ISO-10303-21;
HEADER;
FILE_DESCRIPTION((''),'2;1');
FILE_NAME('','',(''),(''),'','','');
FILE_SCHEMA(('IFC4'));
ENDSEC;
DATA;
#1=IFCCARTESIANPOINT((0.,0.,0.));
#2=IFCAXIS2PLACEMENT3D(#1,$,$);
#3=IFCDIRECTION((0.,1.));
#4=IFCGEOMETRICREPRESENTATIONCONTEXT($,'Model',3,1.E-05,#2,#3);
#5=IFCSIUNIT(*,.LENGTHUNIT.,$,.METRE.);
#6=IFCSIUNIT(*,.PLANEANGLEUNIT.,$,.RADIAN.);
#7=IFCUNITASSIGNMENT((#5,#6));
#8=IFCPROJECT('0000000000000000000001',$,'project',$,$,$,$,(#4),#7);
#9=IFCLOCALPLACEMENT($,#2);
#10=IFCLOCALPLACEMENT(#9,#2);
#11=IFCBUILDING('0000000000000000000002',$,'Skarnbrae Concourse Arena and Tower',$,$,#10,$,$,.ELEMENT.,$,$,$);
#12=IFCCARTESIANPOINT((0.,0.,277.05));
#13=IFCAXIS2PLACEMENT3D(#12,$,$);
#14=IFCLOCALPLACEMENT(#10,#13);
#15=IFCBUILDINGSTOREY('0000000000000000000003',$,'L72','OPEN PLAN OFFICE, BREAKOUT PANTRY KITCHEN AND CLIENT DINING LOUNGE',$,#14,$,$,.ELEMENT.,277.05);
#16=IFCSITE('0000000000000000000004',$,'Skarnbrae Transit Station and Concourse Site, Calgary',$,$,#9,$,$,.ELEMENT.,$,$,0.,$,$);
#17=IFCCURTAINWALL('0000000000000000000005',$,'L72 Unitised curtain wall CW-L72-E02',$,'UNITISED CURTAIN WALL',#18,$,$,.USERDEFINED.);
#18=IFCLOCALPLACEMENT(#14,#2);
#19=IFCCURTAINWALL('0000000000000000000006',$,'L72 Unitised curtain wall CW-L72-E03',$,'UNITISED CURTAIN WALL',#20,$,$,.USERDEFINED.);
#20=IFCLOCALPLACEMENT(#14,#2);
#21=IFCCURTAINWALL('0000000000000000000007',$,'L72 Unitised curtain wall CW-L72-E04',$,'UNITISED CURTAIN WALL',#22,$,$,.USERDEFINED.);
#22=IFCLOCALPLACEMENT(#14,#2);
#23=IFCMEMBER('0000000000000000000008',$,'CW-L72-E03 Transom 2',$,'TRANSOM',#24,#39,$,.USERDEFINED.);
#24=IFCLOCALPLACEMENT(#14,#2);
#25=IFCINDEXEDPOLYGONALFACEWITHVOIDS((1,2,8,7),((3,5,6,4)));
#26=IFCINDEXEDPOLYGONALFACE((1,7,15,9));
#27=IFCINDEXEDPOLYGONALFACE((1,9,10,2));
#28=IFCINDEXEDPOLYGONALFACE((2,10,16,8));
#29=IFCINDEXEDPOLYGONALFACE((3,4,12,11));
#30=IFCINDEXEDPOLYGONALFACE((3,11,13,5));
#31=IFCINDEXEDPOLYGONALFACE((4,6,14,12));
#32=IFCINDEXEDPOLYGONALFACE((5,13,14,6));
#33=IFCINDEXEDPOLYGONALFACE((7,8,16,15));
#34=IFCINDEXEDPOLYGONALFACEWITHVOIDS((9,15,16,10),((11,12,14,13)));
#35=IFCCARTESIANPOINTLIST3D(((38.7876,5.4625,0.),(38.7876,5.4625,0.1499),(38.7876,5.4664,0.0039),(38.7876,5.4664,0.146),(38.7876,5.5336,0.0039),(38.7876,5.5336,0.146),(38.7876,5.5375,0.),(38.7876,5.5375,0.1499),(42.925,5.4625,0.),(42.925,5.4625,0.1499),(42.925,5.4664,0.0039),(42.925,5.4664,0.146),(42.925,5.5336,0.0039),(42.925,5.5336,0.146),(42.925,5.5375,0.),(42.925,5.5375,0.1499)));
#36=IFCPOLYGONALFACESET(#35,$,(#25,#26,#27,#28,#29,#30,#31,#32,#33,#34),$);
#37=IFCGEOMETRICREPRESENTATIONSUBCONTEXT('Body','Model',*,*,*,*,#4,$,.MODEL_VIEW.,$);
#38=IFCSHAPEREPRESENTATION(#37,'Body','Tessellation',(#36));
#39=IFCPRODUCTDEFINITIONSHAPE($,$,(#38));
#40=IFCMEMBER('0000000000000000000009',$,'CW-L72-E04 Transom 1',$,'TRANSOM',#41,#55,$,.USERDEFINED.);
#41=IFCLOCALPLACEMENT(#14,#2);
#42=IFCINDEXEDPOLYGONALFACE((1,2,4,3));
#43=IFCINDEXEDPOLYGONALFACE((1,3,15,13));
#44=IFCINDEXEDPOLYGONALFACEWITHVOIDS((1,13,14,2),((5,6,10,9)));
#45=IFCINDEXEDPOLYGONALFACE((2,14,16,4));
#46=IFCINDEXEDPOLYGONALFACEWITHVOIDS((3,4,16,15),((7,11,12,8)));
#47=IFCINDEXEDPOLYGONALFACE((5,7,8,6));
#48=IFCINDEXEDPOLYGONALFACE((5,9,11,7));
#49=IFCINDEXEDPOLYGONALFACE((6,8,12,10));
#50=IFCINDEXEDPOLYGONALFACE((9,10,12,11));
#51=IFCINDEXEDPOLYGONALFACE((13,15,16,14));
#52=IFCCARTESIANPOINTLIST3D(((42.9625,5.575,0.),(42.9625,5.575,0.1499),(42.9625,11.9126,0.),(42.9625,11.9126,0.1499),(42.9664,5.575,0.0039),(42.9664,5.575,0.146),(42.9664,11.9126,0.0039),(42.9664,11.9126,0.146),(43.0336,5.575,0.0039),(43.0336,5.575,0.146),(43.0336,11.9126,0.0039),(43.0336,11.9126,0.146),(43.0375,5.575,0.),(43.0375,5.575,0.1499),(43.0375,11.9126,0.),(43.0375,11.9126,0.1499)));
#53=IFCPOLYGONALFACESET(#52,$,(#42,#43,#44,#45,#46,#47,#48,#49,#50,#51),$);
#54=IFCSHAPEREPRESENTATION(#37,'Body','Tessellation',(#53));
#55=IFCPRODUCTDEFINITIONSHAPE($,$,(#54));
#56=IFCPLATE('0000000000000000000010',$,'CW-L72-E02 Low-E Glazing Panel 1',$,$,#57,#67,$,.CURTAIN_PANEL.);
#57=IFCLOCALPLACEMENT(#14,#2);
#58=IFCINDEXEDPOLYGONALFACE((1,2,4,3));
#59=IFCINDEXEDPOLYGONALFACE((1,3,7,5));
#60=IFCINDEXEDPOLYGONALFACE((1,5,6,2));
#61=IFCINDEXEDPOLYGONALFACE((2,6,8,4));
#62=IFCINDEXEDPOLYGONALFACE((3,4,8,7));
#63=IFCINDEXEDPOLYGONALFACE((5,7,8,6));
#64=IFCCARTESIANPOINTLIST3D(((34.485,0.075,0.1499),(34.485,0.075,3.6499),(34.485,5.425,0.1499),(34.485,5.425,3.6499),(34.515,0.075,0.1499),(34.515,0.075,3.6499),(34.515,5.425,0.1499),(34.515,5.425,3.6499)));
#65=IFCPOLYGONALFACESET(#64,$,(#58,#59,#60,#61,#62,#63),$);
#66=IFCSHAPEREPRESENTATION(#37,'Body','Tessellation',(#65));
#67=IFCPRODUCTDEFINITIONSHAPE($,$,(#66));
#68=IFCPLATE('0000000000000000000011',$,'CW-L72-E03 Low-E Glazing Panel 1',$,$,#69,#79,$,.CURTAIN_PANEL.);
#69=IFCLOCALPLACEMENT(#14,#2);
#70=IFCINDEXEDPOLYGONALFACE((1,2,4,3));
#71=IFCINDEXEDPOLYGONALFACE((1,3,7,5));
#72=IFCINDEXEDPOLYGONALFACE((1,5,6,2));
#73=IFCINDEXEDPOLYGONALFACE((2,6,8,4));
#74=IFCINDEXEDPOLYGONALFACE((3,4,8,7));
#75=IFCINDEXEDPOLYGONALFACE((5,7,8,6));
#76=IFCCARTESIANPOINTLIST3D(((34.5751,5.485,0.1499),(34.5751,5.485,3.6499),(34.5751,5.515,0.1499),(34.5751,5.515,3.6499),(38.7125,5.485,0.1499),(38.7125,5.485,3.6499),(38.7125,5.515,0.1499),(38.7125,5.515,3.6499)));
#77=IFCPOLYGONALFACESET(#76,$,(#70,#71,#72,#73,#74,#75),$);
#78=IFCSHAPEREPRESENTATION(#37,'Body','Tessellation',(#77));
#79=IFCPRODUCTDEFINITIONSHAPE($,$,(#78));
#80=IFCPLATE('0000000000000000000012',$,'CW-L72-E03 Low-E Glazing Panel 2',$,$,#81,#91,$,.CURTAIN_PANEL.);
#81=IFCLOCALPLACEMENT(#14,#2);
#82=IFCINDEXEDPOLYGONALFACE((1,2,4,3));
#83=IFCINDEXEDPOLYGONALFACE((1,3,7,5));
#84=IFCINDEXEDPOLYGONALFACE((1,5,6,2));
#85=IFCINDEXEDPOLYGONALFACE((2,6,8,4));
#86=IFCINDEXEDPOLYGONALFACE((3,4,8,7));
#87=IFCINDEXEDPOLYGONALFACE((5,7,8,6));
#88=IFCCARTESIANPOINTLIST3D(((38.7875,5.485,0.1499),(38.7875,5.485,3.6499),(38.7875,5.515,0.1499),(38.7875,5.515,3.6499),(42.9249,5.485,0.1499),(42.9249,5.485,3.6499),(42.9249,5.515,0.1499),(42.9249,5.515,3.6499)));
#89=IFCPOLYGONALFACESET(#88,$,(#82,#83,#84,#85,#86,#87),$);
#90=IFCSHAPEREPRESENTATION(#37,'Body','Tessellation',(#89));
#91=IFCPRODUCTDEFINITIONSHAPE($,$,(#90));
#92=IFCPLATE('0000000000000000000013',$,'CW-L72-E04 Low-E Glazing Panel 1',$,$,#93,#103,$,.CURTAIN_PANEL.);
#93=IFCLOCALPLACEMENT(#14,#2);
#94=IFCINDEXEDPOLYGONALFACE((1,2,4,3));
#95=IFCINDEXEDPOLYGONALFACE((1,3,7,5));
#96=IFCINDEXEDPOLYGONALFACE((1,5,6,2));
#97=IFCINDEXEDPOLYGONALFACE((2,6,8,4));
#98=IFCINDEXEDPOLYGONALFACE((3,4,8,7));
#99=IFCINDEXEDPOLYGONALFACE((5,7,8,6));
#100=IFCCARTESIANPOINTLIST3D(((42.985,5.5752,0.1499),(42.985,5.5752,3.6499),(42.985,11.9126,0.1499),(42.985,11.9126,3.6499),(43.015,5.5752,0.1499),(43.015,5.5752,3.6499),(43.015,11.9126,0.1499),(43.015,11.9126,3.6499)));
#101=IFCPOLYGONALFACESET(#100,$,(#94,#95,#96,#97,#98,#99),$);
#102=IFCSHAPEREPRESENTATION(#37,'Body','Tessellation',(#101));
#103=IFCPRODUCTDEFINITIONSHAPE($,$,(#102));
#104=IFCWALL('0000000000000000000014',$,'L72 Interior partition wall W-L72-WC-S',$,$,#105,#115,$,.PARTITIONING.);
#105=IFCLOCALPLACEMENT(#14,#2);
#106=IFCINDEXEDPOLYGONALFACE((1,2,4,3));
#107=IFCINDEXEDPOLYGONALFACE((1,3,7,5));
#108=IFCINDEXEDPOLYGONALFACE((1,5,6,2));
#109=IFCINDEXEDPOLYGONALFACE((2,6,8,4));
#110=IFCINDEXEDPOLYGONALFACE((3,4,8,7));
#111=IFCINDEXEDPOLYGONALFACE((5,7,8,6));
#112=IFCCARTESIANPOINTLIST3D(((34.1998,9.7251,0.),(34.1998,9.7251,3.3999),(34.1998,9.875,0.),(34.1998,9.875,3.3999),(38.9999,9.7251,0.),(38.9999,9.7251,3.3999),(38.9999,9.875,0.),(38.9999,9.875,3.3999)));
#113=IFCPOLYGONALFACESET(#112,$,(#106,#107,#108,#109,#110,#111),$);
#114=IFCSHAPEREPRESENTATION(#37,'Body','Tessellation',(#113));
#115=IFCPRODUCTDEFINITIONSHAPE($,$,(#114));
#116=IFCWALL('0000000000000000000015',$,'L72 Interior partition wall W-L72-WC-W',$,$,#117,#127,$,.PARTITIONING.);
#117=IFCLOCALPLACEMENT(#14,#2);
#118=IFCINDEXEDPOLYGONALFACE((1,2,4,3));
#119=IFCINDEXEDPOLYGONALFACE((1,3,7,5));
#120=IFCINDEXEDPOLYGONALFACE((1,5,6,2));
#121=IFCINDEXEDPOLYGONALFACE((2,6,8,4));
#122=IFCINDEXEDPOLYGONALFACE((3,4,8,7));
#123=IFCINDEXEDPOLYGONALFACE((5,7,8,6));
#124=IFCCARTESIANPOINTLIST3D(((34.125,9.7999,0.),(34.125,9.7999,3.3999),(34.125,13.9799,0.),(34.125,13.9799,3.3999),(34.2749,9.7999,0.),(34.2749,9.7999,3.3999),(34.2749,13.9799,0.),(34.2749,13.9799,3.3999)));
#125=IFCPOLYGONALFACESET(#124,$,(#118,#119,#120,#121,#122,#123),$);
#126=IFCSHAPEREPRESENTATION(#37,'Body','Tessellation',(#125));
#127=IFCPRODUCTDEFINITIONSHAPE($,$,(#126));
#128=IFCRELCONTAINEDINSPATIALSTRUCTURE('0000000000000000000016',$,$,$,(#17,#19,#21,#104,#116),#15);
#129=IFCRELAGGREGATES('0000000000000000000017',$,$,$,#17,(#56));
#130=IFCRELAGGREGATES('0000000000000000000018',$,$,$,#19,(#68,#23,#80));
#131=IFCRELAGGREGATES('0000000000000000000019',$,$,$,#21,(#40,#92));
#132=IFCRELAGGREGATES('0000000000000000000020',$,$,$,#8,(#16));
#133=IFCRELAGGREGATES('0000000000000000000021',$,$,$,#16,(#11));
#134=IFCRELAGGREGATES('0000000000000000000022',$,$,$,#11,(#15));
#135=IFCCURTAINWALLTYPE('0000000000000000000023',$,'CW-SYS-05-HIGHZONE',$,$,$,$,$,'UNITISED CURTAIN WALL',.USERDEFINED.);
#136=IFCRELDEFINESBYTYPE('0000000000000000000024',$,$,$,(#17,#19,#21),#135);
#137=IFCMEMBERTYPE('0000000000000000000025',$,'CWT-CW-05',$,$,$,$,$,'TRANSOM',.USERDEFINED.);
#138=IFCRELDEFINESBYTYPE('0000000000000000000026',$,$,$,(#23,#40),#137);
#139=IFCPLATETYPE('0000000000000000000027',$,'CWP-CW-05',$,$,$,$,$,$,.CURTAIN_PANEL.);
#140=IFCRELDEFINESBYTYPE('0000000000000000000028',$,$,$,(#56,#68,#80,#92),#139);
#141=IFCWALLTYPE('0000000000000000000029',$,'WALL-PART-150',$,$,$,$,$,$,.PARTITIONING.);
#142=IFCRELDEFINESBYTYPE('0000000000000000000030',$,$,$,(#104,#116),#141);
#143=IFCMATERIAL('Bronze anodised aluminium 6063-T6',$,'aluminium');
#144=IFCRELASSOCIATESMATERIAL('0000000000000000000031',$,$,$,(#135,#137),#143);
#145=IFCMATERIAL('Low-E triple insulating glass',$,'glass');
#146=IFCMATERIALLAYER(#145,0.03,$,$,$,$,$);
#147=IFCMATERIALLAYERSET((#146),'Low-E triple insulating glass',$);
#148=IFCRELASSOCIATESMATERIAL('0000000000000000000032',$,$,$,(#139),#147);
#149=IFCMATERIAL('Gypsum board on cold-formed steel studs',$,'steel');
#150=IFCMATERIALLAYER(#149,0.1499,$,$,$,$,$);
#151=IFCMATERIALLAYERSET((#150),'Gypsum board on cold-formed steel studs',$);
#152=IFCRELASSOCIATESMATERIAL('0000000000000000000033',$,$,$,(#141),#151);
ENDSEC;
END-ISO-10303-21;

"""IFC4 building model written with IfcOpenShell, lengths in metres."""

from ifc_helpers import new_model, si_unit, direction, frame, frame_2d, origin, origin_2d, place, context, subcontext, project, spatial, rectangle, hollow_rectangle, extrude, source, transform, mapped, material, layer, layer_set, material_profile, profile_set, type_object, element, aggregate, save


model = new_model("IFC4")

# Units and contexts
model_context = context("Model", 3, precision=1e-05, world=origin(), true_north=direction((0.0, 1.0)))
body_context = subcontext(model_context, "Body", "Model", "MODEL_VIEW")
ifc_project = project(units=[si_unit("LENGTHUNIT", "METRE"), si_unit("PLANEANGLEUNIT", "RADIAN")], contexts=[model_context])

# Site, building, storey
site_placement = place(None, origin())
site = spatial("IfcSite", under=ifc_project, at=site_placement, Name="Skarnbrae Transit Station and Concourse Site, Calgary", CompositionType="ELEMENT", RefElevation=0.0)
building_placement = place(site_placement, origin())
building = spatial("IfcBuilding", under=site, at=building_placement, Name="Skarnbrae Concourse Arena and Tower", CompositionType="ELEMENT")
storey_placement = place(building_placement, frame((0.0, 0.0, 277.05)))
storey = spatial("IfcBuildingStorey", under=building, at=storey_placement, Name="L72", Description="OPEN PLAN OFFICE, BREAKOUT PANTRY KITCHEN AND CLIENT DINING LOUNGE", CompositionType="ELEMENT", Elevation=277.05)

# Curtain walls
ifc_material_1 = material(Name="Bronze anodised aluminium 6063-T6", Category="aluminium")
curtain_wall_type = type_object("IfcCurtainWallType", Name="CW-SYS-05-HIGHZONE", ElementType="UNITISED CURTAIN WALL", PredefinedType="USERDEFINED", material=ifc_material_1)
curtain_wall_1_placement = place(storey_placement, origin())
curtain_wall_1 = element("IfcCurtainWall", 1, at=curtain_wall_1_placement, inside=storey, type_object=curtain_wall_type, Name="L72 Unitised curtain wall CW-L72-E02", ObjectType="UNITISED CURTAIN WALL", PredefinedType="USERDEFINED")
curtain_wall_2_placement = place(storey_placement, origin())
curtain_wall_2 = element("IfcCurtainWall", 2, at=curtain_wall_2_placement, inside=storey, type_object=curtain_wall_type, Name="L72 Unitised curtain wall CW-L72-E03", ObjectType="UNITISED CURTAIN WALL", PredefinedType="USERDEFINED")

# Curtain wall
curtain_wall_3_placement = place(storey_placement, origin())
curtain_wall_3 = element("IfcCurtainWall", 3, at=curtain_wall_3_placement, inside=storey, type_object=curtain_wall_type, Name="L72 Unitised curtain wall CW-L72-E04", ObjectType="UNITISED CURTAIN WALL", PredefinedType="USERDEFINED")

# Members
ifc_material_profile_1 = material_profile(ifc_material_1, hollow_rectangle(XDim=0.075, YDim=0.1499, WallThickness=0.0039, at=origin_2d()), Name="ALU-TRAN-75X150")
ifc_profile_set_1 = profile_set([ifc_material_profile_1], Name="Bronze anodised aluminium 6063-T6")
member_type_1 = type_object("IfcMemberType", Name="CWT-CW-05", ElementType="TRANSOM", PredefinedType="USERDEFINED", material=ifc_profile_set_1)
shared_shape_1 = source(origin(), body_context, "Body", "SweptSolid", [
    extrude(hollow_rectangle(XDim=0.075, YDim=0.1499, WallThickness=0.0039, at=origin_2d()), origin(), (0.0, 0.0, 1.0), 4.1375),
])
member_1_placement = place(storey_placement, frame((38.7876, 5.5, 0.075), z_axis=(1.0, 0.0, 0.0), x_axis=(0.0, 1.0, 0.0)))
member_1 = element("IfcMember", 4, at=member_1_placement, type_object=member_type_1, Name="CW-L72-E03 Transom 2", ObjectType="TRANSOM", PredefinedType="USERDEFINED", context=body_context, shape_type="MappedRepresentation", body=[
    mapped(shared_shape_1, transform((0.0, 0.0, 0.0))),
])
shared_shape_2 = source(origin(), body_context, "Body", "SweptSolid", [
    extrude(hollow_rectangle(XDim=0.075, YDim=0.1499, WallThickness=0.0039, at=origin_2d()), origin(), (0.0, 0.0, 1.0), 6.3376),
])
member_2_placement = place(storey_placement, frame((43.0, 5.575, 0.075), z_axis=(0.0, 1.0, 0.0), x_axis=(-1.0, 0.0, 0.0)))
member_2 = element("IfcMember", 5, at=member_2_placement, type_object=member_type_1, Name="CW-L72-E04 Transom 1", ObjectType="TRANSOM", PredefinedType="USERDEFINED", context=body_context, shape_type="MappedRepresentation", body=[
    mapped(shared_shape_2, transform((0.0, 0.0, 0.0))),
])

# Plates
ifc_material_2 = material(Name="Low-E triple insulating glass", Category="glass")
ifc_layer_1 = layer(ifc_material_2, 0.03)
ifc_layer_set_1 = layer_set([ifc_layer_1], Name="Low-E triple insulating glass")
plate_type = type_object("IfcPlateType", Name="CWP-CW-05", PredefinedType="CURTAIN_PANEL", material=ifc_layer_set_1)
shared_shape_3 = source(origin(), body_context, "Body", "SweptSolid", [
    extrude(rectangle(XDim=5.3501, YDim=0.03, at=origin_2d()), origin(), (0.0, 0.0, 1.0), 3.5),
])
plate_1_placement = place(storey_placement, frame((34.5, 2.75, 0.1499), z_axis=(0.0, 0.0, 1.0), x_axis=(0.0, 1.0, 0.0)))
plate_1 = element("IfcPlate", 6, at=plate_1_placement, type_object=plate_type, Name="CW-L72-E02 Low-E Glazing Panel 1", PredefinedType="CURTAIN_PANEL", context=body_context, shape_type="MappedRepresentation", body=[
    mapped(shared_shape_3, transform((0.0, 0.0, 0.0))),
])
aggregate(curtain_wall_1, [plate_1])
shared_shape_4 = source(origin(), body_context, "Body", "SweptSolid", [
    extrude(rectangle(XDim=4.1375, YDim=0.03, at=origin_2d()), origin(), (0.0, 0.0, 1.0), 3.5),
])
plate_2_placement = place(storey_placement, frame((36.6438, 5.5, 0.1499), z_axis=(0.0, 0.0, 1.0), x_axis=(1.0, 0.0, 0.0)))
plate_2 = element("IfcPlate", 7, at=plate_2_placement, type_object=plate_type, Name="CW-L72-E03 Low-E Glazing Panel 1", PredefinedType="CURTAIN_PANEL", context=body_context, shape_type="MappedRepresentation", body=[
    mapped(shared_shape_4, transform((0.0, 0.0, 0.0))),
])
plate_3_placement = place(storey_placement, frame((40.8562, 5.5, 0.1499), z_axis=(0.0, 0.0, 1.0), x_axis=(1.0, 0.0, 0.0)))
plate_3 = element("IfcPlate", 8, at=plate_3_placement, type_object=plate_type, Name="CW-L72-E03 Low-E Glazing Panel 2", PredefinedType="CURTAIN_PANEL", context=body_context, shape_type="MappedRepresentation", body=[
    mapped(shared_shape_4, transform((0.0, 0.0, 0.0))),
])
aggregate(curtain_wall_2, [plate_2, member_1, plate_3])
shared_shape_5 = source(origin(), body_context, "Body", "SweptSolid", [
    extrude(rectangle(XDim=6.3374, YDim=0.03, at=origin_2d()), origin(), (0.0, 0.0, 1.0), 3.5),
])
plate_4_placement = place(storey_placement, frame((43.0, 8.7439, 0.1499), z_axis=(0.0, 0.0, 1.0), x_axis=(0.0, 1.0, 0.0)))
plate_4 = element("IfcPlate", 9, at=plate_4_placement, type_object=plate_type, Name="CW-L72-E04 Low-E Glazing Panel 1", PredefinedType="CURTAIN_PANEL", context=body_context, shape_type="MappedRepresentation", body=[
    mapped(shared_shape_5, transform((0.0, 0.0, 0.0))),
])
aggregate(curtain_wall_3, [member_2, plate_4])

# Walls
ifc_material_3 = material(Name="Gypsum board on cold-formed steel studs", Category="steel")
ifc_layer_2 = layer(ifc_material_3, 0.1499)
ifc_layer_set_2 = layer_set([ifc_layer_2], Name="Gypsum board on cold-formed steel studs")
wall_type = type_object("IfcWallType", Name="WALL-PART-150", PredefinedType="PARTITIONING", material=ifc_layer_set_2)
shared_shape_6 = source(origin(), body_context, "Body", "SweptSolid", [
    extrude(rectangle(XDim=4.8, YDim=0.1499, at=frame_2d((2.3999, 0.0))), origin(), (0.0, 0.0, 1.0), 3.3999),
])
wall_1_placement = place(storey_placement, frame((34.2, 9.8, 0.0), z_axis=(0.0, 0.0, 1.0), x_axis=(1.0, 0.0, 0.0)))
element("IfcWall", 10, at=wall_1_placement, inside=storey, type_object=wall_type, Name="L72 Interior partition wall W-L72-WC-S", PredefinedType="PARTITIONING", context=body_context, shape_type="MappedRepresentation", body=[
    mapped(shared_shape_6, transform((0.0, 0.0, 0.0))),
])
shared_shape_7 = source(origin(), body_context, "Body", "SweptSolid", [
    extrude(rectangle(XDim=4.1799, YDim=0.1499, at=frame_2d((2.0898, 0.0))), origin(), (0.0, 0.0, 1.0), 3.3999),
])
wall_2_placement = place(storey_placement, frame((34.2, 9.8, 0.0), z_axis=(0.0, 0.0, 1.0), x_axis=(0.0, 1.0, 0.0)))
element("IfcWall", 11, at=wall_2_placement, inside=storey, type_object=wall_type, Name="L72 Interior partition wall W-L72-WC-W", PredefinedType="PARTITIONING", context=body_context, shape_type="MappedRepresentation", body=[
    mapped(shared_shape_7, transform((0.0, 0.0, 0.0))),
])

save(model, "model.ifc")
